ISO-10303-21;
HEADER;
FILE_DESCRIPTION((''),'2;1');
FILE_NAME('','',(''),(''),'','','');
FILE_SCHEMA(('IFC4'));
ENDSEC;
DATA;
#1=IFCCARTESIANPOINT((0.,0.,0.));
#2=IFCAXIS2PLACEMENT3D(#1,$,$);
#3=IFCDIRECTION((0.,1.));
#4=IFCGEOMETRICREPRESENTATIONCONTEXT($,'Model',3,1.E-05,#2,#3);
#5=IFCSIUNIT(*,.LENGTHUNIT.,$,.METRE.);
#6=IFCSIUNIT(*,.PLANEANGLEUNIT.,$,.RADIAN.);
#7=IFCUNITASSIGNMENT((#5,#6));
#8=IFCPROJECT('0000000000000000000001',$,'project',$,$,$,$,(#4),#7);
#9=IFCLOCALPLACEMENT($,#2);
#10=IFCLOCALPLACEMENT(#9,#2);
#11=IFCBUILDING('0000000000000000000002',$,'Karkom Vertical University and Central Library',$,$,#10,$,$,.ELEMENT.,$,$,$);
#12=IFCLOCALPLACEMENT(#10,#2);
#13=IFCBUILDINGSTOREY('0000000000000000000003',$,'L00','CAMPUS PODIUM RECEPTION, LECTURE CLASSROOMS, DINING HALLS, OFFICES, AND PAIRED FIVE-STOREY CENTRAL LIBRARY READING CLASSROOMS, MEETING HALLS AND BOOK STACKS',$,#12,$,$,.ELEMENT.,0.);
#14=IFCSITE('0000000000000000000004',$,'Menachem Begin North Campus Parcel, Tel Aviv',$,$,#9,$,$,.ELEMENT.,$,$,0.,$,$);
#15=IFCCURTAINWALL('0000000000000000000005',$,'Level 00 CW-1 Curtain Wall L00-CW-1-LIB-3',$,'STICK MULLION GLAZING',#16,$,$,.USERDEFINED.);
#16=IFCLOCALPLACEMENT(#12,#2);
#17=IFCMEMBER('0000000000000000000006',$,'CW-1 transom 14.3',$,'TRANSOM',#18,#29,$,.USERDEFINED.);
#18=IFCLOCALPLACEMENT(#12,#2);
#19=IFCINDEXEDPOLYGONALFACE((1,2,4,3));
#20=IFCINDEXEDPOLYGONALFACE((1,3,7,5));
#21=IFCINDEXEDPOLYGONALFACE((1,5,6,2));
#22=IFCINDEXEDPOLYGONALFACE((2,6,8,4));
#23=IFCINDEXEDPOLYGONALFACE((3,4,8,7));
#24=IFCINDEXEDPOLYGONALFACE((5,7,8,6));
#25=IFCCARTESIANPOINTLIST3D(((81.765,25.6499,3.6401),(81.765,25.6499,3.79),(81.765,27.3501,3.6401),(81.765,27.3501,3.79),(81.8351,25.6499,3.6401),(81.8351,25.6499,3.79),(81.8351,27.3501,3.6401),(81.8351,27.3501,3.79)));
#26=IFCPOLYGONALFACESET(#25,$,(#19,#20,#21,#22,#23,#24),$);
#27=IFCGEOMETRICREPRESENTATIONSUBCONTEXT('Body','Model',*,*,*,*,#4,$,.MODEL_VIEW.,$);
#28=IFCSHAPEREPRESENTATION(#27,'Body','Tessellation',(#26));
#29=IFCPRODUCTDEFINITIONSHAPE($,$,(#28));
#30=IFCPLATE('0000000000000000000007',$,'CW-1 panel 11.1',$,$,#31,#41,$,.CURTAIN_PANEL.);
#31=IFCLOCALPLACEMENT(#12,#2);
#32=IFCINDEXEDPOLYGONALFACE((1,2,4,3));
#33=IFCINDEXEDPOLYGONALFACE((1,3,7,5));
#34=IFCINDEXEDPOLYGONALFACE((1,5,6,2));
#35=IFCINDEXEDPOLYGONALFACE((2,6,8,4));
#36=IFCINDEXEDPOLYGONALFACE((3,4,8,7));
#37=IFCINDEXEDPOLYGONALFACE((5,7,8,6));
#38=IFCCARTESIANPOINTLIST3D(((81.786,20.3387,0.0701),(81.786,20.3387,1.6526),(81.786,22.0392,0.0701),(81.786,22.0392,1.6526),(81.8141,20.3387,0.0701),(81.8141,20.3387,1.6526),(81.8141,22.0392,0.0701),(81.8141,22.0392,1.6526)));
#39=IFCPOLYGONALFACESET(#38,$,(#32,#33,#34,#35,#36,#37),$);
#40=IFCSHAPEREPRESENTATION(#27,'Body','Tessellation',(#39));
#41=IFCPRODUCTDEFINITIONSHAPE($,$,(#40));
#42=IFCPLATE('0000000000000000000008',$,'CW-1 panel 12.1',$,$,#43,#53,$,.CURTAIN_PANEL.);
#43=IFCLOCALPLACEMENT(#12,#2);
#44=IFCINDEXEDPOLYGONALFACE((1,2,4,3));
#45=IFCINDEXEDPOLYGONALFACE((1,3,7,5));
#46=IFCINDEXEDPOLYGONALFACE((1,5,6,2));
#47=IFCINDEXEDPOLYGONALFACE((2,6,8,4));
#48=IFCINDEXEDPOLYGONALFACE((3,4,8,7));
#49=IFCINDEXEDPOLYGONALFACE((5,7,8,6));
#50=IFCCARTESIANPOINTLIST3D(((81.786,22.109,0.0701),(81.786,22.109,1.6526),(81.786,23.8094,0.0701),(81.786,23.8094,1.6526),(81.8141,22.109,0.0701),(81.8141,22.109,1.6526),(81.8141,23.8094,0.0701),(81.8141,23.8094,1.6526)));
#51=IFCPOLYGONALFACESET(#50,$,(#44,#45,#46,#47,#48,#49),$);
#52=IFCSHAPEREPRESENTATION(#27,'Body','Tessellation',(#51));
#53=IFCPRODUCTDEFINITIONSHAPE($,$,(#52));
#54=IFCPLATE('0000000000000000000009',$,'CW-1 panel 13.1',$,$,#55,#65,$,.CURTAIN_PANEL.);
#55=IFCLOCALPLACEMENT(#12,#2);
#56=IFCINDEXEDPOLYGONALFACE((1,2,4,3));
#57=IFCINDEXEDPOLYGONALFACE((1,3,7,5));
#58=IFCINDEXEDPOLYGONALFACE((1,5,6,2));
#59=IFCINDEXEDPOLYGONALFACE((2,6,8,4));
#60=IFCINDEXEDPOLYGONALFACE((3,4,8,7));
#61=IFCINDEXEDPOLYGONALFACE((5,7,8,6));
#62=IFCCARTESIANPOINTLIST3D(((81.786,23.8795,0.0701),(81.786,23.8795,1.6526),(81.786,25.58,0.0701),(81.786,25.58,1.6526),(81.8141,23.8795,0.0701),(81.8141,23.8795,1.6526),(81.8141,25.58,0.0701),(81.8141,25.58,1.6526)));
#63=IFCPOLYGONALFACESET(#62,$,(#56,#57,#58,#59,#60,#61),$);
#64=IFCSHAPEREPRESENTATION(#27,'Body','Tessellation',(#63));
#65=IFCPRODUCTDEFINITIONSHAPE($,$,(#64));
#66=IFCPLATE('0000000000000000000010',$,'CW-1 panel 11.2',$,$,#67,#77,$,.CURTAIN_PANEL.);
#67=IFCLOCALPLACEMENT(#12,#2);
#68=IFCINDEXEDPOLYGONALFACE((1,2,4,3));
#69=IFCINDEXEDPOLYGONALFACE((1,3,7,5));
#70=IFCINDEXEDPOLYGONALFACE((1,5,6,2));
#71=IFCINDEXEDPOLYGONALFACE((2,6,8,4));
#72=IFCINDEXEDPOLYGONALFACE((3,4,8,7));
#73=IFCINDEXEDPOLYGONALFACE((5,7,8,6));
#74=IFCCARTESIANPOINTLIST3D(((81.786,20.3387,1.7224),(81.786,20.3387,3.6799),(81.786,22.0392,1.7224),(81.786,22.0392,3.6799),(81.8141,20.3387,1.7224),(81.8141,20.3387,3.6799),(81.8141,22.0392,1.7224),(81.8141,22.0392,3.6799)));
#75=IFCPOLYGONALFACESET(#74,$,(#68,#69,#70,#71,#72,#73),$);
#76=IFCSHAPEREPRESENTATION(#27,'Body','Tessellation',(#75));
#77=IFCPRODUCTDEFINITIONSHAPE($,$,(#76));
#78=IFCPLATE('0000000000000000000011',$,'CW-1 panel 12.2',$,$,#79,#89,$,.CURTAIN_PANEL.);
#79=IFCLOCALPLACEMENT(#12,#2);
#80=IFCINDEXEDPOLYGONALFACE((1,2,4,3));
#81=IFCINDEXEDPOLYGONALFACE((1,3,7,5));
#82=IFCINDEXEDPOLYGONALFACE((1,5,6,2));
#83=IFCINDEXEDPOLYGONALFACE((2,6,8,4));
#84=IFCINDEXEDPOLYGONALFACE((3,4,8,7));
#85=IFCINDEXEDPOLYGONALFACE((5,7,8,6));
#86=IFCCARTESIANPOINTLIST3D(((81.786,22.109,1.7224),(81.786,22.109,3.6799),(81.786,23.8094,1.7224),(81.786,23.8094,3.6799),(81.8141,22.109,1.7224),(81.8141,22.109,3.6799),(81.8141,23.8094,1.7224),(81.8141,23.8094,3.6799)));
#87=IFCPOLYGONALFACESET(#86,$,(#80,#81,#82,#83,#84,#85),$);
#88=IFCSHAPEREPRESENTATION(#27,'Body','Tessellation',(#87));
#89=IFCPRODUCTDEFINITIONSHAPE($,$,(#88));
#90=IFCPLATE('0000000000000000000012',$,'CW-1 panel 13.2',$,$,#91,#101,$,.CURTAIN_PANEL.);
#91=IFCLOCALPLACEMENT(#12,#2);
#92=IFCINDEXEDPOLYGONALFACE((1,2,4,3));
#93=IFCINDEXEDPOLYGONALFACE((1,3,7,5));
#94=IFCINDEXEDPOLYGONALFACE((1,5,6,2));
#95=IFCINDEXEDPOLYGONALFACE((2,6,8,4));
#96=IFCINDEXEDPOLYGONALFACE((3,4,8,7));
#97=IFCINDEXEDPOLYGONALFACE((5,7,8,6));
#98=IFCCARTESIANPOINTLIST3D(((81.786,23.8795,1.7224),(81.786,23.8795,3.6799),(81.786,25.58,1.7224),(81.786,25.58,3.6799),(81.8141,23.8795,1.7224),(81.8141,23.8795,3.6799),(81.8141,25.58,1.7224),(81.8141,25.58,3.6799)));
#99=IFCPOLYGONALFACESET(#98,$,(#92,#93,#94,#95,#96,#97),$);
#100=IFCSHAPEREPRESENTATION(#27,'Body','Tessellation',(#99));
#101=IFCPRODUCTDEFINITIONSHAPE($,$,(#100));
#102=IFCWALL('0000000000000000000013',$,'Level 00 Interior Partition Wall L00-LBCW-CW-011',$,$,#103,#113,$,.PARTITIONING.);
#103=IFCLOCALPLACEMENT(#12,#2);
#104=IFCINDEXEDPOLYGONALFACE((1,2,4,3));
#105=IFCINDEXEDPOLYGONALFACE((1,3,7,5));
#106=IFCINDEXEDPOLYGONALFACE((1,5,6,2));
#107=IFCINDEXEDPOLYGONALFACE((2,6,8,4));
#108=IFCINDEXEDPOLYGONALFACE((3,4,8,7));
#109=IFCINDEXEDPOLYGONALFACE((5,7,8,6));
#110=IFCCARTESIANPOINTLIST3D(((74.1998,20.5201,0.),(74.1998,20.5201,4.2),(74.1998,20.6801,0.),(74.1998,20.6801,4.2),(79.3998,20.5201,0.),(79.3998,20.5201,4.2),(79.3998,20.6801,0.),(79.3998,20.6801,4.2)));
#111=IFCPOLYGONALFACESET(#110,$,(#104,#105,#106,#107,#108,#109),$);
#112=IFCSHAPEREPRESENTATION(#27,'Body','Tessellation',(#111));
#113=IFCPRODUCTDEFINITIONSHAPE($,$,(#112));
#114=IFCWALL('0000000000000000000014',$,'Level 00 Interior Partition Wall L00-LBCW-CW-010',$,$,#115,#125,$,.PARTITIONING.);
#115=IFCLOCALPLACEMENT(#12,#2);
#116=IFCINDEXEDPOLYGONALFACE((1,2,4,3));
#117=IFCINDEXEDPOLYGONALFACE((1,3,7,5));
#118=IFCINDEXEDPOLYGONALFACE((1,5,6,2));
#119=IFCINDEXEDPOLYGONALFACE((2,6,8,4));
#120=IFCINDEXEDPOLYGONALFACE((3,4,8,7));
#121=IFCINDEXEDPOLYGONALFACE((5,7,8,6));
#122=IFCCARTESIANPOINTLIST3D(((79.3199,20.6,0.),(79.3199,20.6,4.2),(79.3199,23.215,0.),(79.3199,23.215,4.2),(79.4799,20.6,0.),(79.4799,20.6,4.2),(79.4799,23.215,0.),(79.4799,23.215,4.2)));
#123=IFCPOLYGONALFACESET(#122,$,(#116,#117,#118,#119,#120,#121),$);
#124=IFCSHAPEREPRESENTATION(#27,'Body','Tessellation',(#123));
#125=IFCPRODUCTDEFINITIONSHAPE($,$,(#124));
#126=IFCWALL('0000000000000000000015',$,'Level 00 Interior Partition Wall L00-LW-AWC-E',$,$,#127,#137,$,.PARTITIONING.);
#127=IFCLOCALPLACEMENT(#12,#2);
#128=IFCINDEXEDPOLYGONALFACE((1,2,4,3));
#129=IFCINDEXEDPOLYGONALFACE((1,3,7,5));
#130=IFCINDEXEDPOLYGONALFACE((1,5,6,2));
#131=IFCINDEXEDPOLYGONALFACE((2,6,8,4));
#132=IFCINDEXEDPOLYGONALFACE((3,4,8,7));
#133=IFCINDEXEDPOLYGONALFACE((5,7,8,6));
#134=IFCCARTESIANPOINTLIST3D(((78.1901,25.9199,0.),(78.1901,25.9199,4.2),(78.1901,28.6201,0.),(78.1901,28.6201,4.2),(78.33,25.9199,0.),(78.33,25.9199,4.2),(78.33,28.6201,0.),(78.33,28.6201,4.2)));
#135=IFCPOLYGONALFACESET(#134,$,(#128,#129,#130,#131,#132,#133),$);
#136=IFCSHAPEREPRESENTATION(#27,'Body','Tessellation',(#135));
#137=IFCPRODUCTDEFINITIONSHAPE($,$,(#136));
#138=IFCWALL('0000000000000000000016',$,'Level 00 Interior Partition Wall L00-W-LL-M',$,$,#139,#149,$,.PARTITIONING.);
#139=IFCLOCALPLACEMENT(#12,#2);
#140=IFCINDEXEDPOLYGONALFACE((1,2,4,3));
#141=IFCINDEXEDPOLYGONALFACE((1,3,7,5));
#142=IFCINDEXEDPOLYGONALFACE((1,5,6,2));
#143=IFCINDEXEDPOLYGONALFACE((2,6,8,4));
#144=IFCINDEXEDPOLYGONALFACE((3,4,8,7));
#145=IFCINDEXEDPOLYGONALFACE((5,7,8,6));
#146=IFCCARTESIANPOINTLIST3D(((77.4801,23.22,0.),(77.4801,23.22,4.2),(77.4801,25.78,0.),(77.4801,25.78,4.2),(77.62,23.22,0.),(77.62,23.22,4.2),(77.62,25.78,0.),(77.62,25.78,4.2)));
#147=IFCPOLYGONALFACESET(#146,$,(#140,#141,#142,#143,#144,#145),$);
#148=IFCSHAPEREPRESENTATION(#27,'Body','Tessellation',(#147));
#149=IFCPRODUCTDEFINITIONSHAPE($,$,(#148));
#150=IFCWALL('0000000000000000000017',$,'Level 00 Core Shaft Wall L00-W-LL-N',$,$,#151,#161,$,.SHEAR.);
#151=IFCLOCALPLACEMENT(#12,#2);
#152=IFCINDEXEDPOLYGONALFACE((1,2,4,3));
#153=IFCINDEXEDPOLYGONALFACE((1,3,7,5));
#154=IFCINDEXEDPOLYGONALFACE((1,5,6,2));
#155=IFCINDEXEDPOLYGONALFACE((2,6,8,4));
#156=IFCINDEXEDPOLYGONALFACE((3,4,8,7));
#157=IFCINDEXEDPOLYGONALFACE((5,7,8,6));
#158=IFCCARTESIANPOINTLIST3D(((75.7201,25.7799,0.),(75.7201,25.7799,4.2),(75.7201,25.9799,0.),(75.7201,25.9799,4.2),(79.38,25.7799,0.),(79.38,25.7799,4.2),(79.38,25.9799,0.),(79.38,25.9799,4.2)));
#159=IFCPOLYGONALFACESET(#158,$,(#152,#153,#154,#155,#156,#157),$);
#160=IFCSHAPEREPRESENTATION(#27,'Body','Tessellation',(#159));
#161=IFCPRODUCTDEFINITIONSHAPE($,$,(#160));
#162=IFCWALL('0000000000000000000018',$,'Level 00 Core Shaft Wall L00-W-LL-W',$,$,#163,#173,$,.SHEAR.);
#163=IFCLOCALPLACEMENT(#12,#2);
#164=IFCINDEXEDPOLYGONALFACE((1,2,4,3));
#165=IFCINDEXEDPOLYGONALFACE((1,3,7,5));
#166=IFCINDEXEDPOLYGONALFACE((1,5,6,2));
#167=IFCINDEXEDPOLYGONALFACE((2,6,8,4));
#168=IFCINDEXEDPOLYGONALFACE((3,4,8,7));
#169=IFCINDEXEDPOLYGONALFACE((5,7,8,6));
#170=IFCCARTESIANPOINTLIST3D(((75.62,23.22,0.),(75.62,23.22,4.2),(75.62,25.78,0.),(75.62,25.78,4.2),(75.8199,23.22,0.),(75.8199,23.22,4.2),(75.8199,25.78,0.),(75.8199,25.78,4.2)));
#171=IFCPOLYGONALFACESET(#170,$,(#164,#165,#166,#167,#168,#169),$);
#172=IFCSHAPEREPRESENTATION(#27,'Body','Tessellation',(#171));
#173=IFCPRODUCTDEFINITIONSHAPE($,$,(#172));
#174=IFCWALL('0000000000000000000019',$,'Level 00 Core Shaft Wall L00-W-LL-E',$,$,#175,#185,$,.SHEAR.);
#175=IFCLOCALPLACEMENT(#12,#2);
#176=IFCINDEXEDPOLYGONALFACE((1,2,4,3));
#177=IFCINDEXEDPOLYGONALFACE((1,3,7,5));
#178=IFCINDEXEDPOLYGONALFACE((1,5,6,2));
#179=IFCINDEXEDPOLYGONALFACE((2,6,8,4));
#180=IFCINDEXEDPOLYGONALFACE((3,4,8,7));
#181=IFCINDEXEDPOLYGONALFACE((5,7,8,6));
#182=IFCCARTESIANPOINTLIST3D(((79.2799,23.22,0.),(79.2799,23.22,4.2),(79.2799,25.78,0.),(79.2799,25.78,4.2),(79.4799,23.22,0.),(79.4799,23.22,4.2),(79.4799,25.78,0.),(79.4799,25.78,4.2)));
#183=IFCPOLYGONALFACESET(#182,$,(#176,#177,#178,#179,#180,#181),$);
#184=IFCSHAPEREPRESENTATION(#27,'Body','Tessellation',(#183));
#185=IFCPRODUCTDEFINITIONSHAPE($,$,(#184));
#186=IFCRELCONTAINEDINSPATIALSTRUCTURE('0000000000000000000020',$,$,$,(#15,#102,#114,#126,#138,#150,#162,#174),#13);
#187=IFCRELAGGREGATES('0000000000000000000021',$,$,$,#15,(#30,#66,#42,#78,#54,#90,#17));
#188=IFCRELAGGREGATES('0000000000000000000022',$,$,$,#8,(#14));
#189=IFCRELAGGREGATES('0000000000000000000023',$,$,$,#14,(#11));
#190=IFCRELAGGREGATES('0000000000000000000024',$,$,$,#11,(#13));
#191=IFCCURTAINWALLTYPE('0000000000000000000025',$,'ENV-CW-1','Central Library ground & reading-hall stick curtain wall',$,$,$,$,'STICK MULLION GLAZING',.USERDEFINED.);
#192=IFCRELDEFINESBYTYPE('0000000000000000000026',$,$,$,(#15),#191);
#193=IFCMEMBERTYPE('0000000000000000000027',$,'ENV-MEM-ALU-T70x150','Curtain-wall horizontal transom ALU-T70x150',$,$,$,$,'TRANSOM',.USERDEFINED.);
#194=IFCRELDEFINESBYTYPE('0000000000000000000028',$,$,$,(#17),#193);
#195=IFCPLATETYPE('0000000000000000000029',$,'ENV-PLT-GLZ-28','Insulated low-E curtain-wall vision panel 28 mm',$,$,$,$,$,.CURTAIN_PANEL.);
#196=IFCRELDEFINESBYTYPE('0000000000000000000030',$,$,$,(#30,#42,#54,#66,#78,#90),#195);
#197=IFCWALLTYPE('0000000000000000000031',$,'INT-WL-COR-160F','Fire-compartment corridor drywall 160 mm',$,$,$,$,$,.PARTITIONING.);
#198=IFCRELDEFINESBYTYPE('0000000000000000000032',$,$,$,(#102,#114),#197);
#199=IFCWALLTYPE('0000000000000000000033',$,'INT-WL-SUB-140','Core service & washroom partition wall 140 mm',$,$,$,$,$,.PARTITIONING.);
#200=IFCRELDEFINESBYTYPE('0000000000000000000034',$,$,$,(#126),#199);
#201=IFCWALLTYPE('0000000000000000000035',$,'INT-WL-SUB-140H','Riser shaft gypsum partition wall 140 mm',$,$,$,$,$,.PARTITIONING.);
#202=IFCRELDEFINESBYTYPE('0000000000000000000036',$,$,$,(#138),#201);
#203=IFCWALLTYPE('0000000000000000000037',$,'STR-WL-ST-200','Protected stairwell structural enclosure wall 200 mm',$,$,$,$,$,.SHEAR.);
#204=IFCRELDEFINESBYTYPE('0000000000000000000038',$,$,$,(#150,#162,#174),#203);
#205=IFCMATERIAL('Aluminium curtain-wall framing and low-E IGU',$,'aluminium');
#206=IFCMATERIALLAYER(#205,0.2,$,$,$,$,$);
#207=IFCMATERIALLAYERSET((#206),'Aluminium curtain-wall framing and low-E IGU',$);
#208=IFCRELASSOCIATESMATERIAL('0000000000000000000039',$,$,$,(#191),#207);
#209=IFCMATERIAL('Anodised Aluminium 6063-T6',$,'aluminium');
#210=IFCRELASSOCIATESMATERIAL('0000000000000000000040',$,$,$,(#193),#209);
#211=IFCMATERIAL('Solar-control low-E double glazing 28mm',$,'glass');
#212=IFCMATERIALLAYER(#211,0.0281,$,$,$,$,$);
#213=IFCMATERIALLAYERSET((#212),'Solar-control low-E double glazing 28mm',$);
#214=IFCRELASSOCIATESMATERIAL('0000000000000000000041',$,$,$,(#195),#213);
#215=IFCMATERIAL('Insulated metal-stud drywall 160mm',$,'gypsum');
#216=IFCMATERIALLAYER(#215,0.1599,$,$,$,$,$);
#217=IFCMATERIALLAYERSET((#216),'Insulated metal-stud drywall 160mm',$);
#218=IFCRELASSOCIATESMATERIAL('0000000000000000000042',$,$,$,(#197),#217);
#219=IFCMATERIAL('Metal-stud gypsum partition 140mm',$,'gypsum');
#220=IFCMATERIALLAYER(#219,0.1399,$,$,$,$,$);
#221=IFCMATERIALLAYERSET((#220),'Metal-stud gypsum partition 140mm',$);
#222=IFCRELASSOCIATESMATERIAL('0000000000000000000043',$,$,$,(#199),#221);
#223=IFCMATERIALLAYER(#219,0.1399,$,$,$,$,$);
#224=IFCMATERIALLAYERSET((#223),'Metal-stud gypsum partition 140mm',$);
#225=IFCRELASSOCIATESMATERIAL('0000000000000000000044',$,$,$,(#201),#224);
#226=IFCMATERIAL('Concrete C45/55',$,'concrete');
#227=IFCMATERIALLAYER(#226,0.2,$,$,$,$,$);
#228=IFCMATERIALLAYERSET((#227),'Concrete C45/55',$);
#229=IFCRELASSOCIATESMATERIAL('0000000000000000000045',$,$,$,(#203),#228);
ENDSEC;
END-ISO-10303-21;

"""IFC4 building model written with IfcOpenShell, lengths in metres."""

from ifc_helpers import new_model, si_unit, direction, frame, frame_2d, origin, origin_with_axes, origin_2d, place, context, subcontext, project, spatial, rectangle, extrude, source, transform, mapped, material, layer, layer_set, material_profile, profile_set, type_object, element, aggregate, save


model = new_model("IFC4")

# Units and contexts
model_context = context("Model", 3, precision=1e-05, world=origin(), true_north=direction((0.0, 1.0)))
body_context = subcontext(model_context, "Body", "Model", "MODEL_VIEW")
ifc_project = project(units=[si_unit("LENGTHUNIT", "METRE"), si_unit("PLANEANGLEUNIT", "RADIAN")], contexts=[model_context])

# Site, building, storey
site_placement = place(None, origin())
site = spatial("IfcSite", under=ifc_project, at=site_placement, Name="Menachem Begin North Campus Parcel, Tel Aviv", CompositionType="ELEMENT", RefElevation=0.0)
building_placement = place(site_placement, origin())
building = spatial("IfcBuilding", under=site, at=building_placement, Name="Karkom Vertical University and Central Library", CompositionType="ELEMENT")
storey_placement = place(building_placement, origin())
storey = spatial("IfcBuildingStorey", under=building, at=storey_placement, Name="L00", Description="CAMPUS PODIUM RECEPTION, LECTURE CLASSROOMS, DINING HALLS, OFFICES, AND PAIRED FIVE-STOREY CENTRAL LIBRARY READING CLASSROOMS, MEETING HALLS AND BOOK STACKS", CompositionType="ELEMENT", Elevation=0.0)

# Curtain wall, member, plates
ifc_material_1 = material(Name="Aluminium curtain-wall framing and low-E IGU", Category="aluminium")
ifc_layer_1 = layer(ifc_material_1, 0.2)
ifc_layer_set_1 = layer_set([ifc_layer_1], Name="Aluminium curtain-wall framing and low-E IGU")
curtain_wall_type = type_object("IfcCurtainWallType", Name="ENV-CW-1", Description="Central Library ground & reading-hall stick curtain wall", ElementType="STICK MULLION GLAZING", PredefinedType="USERDEFINED", material=ifc_layer_set_1)
curtain_wall_placement = place(storey_placement, origin())
curtain_wall = element("IfcCurtainWall", 1, at=curtain_wall_placement, inside=storey, type_object=curtain_wall_type, Name="Level 00 CW-1 Curtain Wall L00-CW-1-LIB-3", ObjectType="STICK MULLION GLAZING", PredefinedType="USERDEFINED")
ifc_material_2 = material(Name="Anodised Aluminium 6063-T6", Category="aluminium")
ifc_material_profile_1 = material_profile(ifc_material_2, rectangle(XDim=0.0701, YDim=0.1499, at=origin_2d()), Name="ALU-T70x150")
ifc_profile_set_1 = profile_set([ifc_material_profile_1], Name="Anodised Aluminium 6063-T6")
member_type_1 = type_object("IfcMemberType", Name="ENV-MEM-ALU-T70x150", Description="Curtain-wall horizontal transom ALU-T70x150", ElementType="TRANSOM", PredefinedType="USERDEFINED", material=ifc_profile_set_1)
shared_shape_1 = source(origin_with_axes(), body_context, "Body", "SweptSolid", [
    extrude(rectangle(XDim=0.0701, YDim=0.1499, at=origin_2d()), origin(), (0.0, 0.0, 1.0), 1.7002),
])
member_1_placement = place(storey_placement, frame((81.8, 25.6499, 3.7151), z_axis=(0.0, 1.0, 0.0), x_axis=(-1.0, 0.0, 0.0)))
member_1 = element("IfcMember", 2, at=member_1_placement, type_object=member_type_1, Name="CW-1 transom 14.3", ObjectType="TRANSOM", PredefinedType="USERDEFINED", context=body_context, shape_type="MappedRepresentation", body=[
    mapped(shared_shape_1, transform((0.0, 0.0, 0.0), scale=1.0)),
])
ifc_material_3 = material(Name="Solar-control low-E double glazing 28mm", Category="glass")
ifc_layer_2 = layer(ifc_material_3, 0.0281)
ifc_layer_set_2 = layer_set([ifc_layer_2], Name="Solar-control low-E double glazing 28mm")
plate_type = type_object("IfcPlateType", Name="ENV-PLT-GLZ-28", Description="Insulated low-E curtain-wall vision panel 28 mm", PredefinedType="CURTAIN_PANEL", material=ifc_layer_set_2)
shared_shape_2 = source(origin_with_axes(), body_context, "Body", "SweptSolid", [
    extrude(rectangle(XDim=1.7004, YDim=0.0281, at=origin_2d()), origin(), (0.0, 0.0, 1.0), 1.5825),
])
plate_1_placement = place(storey_placement, frame((81.8, 21.189, 0.0701), z_axis=(0.0, 0.0, 1.0), x_axis=(0.0, 1.0, 0.0)))
plate_1 = element("IfcPlate", 3, at=plate_1_placement, type_object=plate_type, Name="CW-1 panel 11.1", PredefinedType="CURTAIN_PANEL", context=body_context, shape_type="MappedRepresentation", body=[
    mapped(shared_shape_2, transform((0.0, 0.0, 0.0), scale=1.0)),
])
plate_2_placement = place(storey_placement, frame((81.8, 22.9592, 0.0701), z_axis=(0.0, 0.0, 1.0), x_axis=(0.0, 1.0, 0.0)))
plate_2 = element("IfcPlate", 4, at=plate_2_placement, type_object=plate_type, Name="CW-1 panel 12.1", PredefinedType="CURTAIN_PANEL", context=body_context, shape_type="MappedRepresentation", body=[
    mapped(shared_shape_2, transform((0.0, 0.0, 0.0), scale=1.0)),
])
plate_3_placement = place(storey_placement, frame((81.8, 24.7297, 0.0701), z_axis=(0.0, 0.0, 1.0), x_axis=(0.0, 1.0, 0.0)))
plate_3 = element("IfcPlate", 5, at=plate_3_placement, type_object=plate_type, Name="CW-1 panel 13.1", PredefinedType="CURTAIN_PANEL", context=body_context, shape_type="MappedRepresentation", body=[
    mapped(shared_shape_2, transform((0.0, 0.0, 0.0), scale=1.0)),
])
shared_shape_3 = source(origin_with_axes(), body_context, "Body", "SweptSolid", [
    extrude(rectangle(XDim=1.7004, YDim=0.0281, at=origin_2d()), origin(), (0.0, 0.0, 1.0), 1.9575),
])
plate_4_placement = place(storey_placement, frame((81.8, 21.189, 1.7224), z_axis=(0.0, 0.0, 1.0), x_axis=(0.0, 1.0, 0.0)))
plate_4 = element("IfcPlate", 6, at=plate_4_placement, type_object=plate_type, Name="CW-1 panel 11.2", PredefinedType="CURTAIN_PANEL", context=body_context, shape_type="MappedRepresentation", body=[
    mapped(shared_shape_3, transform((0.0, 0.0, 0.0), scale=1.0)),
])
plate_5_placement = place(storey_placement, frame((81.8, 22.9592, 1.7224), z_axis=(0.0, 0.0, 1.0), x_axis=(0.0, 1.0, 0.0)))
plate_5 = element("IfcPlate", 7, at=plate_5_placement, type_object=plate_type, Name="CW-1 panel 12.2", PredefinedType="CURTAIN_PANEL", context=body_context, shape_type="MappedRepresentation", body=[
    mapped(shared_shape_3, transform((0.0, 0.0, 0.0), scale=1.0)),
])
plate_6_placement = place(storey_placement, frame((81.8, 24.7297, 1.7224), z_axis=(0.0, 0.0, 1.0), x_axis=(0.0, 1.0, 0.0)))
plate_6 = element("IfcPlate", 8, at=plate_6_placement, type_object=plate_type, Name="CW-1 panel 13.2", PredefinedType="CURTAIN_PANEL", context=body_context, shape_type="MappedRepresentation", body=[
    mapped(shared_shape_3, transform((0.0, 0.0, 0.0), scale=1.0)),
])
aggregate(curtain_wall, [plate_1, plate_4, plate_2, plate_5, plate_3, plate_6, member_1])

# Walls
ifc_material_4 = material(Name="Insulated metal-stud drywall 160mm", Category="gypsum")
ifc_layer_3 = layer(ifc_material_4, 0.1599)
ifc_layer_set_3 = layer_set([ifc_layer_3], Name="Insulated metal-stud drywall 160mm")
wall_type_1 = type_object("IfcWallType", Name="INT-WL-COR-160F", Description="Fire-compartment corridor drywall 160 mm", PredefinedType="PARTITIONING", material=ifc_layer_set_3)
wall_1_placement = place(storey_placement, frame((79.3999, 20.6001, 0.0), z_axis=(0.0, 0.0, 1.0), x_axis=(-1.0, 0.0, 0.0)))
element("IfcWall", 9, at=wall_1_placement, inside=storey, type_object=wall_type_1, Name="Level 00 Interior Partition Wall L00-LBCW-CW-011", PredefinedType="PARTITIONING", context=body_context, shape_type="SweptSolid", body=[
    extrude(rectangle(XDim=5.2, YDim=0.1599, at=frame_2d((2.6001, 0.0))), origin(), (0.0, 0.0, 1.0), 4.2),
])
wall_2_placement = place(storey_placement, frame((79.3999, 23.2151, 0.0), z_axis=(0.0, 0.0, 1.0), x_axis=(0.0, -1.0, 0.0)))
element("IfcWall", 10, at=wall_2_placement, inside=storey, type_object=wall_type_1, Name="Level 00 Interior Partition Wall L00-LBCW-CW-010", PredefinedType="PARTITIONING", context=body_context, shape_type="SweptSolid", body=[
    extrude(rectangle(XDim=2.615, YDim=0.1599, at=frame_2d((1.3076, 0.0))), origin(), (0.0, 0.0, 1.0), 4.2),
])
ifc_material_5 = material(Name="Metal-stud gypsum partition 140mm", Category="gypsum")
ifc_layer_4 = layer(ifc_material_5, 0.1399)
ifc_layer_set_4 = layer_set([ifc_layer_4], Name="Metal-stud gypsum partition 140mm")
wall_type_2 = type_object("IfcWallType", Name="INT-WL-SUB-140", Description="Core service & washroom partition wall 140 mm", PredefinedType="PARTITIONING", material=ifc_layer_set_4)
wall_3_placement = place(storey_placement, frame((78.26, 25.9199, 0.0), z_axis=(0.0, 0.0, 1.0), x_axis=(0.0, 1.0, 0.0)))
element("IfcWall", 11, at=wall_3_placement, inside=storey, type_object=wall_type_2, Name="Level 00 Interior Partition Wall L00-LW-AWC-E", PredefinedType="PARTITIONING", context=body_context, shape_type="SweptSolid", body=[
    extrude(rectangle(XDim=2.7002, YDim=0.1399, at=frame_2d((1.3501, 0.0))), origin(), (0.0, 0.0, 1.0), 4.2),
])
ifc_layer_5 = layer(ifc_material_5, 0.1399)
ifc_layer_set_5 = layer_set([ifc_layer_5], Name="Metal-stud gypsum partition 140mm")
wall_type_3 = type_object("IfcWallType", Name="INT-WL-SUB-140H", Description="Riser shaft gypsum partition wall 140 mm", PredefinedType="PARTITIONING", material=ifc_layer_set_5)
wall_4_placement = place(storey_placement, frame((77.55, 23.22, 0.0), z_axis=(0.0, 0.0, 1.0), x_axis=(0.0, 1.0, 0.0)))
element("IfcWall", 12, at=wall_4_placement, inside=storey, type_object=wall_type_3, Name="Level 00 Interior Partition Wall L00-W-LL-M", PredefinedType="PARTITIONING", context=body_context, shape_type="SweptSolid", body=[
    extrude(rectangle(XDim=2.5601, YDim=0.1399, at=frame_2d((1.28, 0.0))), origin(), (0.0, 0.0, 1.0), 4.2),
])

# Shared definitions
ifc_material_6 = material(Name="Concrete C45/55", Category="concrete")
ifc_layer_6 = layer(ifc_material_6, 0.2)
ifc_layer_set_6 = layer_set([ifc_layer_6], Name="Concrete C45/55")
wall_type_4 = type_object("IfcWallType", Name="STR-WL-ST-200", Description="Protected stairwell structural enclosure wall 200 mm", PredefinedType="SHEAR", material=ifc_layer_set_6)

# Walls
wall_5_placement = place(storey_placement, frame((75.72, 25.8799, 0.0), z_axis=(0.0, 0.0, 1.0), x_axis=(1.0, 0.0, 0.0)))
element("IfcWall", 13, at=wall_5_placement, inside=storey, type_object=wall_type_4, Name="Level 00 Core Shaft Wall L00-W-LL-N", PredefinedType="SHEAR", context=body_context, shape_type="SweptSolid", body=[
    extrude(rectangle(XDim=3.6599, YDim=0.2, at=frame_2d((1.8301, 0.0))), origin(), (0.0, 0.0, 1.0), 4.2),
])
for number, where, z_axis, x_axis, name in (
    (14, (75.72, 23.22, 0.0), (0.0, 0.0, 1.0), (0.0, 1.0, 0.0), "Level 00 Core Shaft Wall L00-W-LL-W"),
    (15, (79.3799, 23.22, 0.0), (0.0, 0.0, 1.0), (0.0, 1.0, 0.0), "Level 00 Core Shaft Wall L00-W-LL-E"),
):
    element("IfcWall", number, at=place(storey_placement, frame(where, z_axis=z_axis, x_axis=x_axis)), inside=storey, type_object=wall_type_4, Name=name, PredefinedType="SHEAR", context=body_context, shape_type="SweptSolid", body=[
        extrude(rectangle(XDim=2.5601, YDim=0.2, at=frame_2d((1.28, 0.0))), origin(), (0.0, 0.0, 1.0), 4.2),
    ])

save(model, "model.ifc")
